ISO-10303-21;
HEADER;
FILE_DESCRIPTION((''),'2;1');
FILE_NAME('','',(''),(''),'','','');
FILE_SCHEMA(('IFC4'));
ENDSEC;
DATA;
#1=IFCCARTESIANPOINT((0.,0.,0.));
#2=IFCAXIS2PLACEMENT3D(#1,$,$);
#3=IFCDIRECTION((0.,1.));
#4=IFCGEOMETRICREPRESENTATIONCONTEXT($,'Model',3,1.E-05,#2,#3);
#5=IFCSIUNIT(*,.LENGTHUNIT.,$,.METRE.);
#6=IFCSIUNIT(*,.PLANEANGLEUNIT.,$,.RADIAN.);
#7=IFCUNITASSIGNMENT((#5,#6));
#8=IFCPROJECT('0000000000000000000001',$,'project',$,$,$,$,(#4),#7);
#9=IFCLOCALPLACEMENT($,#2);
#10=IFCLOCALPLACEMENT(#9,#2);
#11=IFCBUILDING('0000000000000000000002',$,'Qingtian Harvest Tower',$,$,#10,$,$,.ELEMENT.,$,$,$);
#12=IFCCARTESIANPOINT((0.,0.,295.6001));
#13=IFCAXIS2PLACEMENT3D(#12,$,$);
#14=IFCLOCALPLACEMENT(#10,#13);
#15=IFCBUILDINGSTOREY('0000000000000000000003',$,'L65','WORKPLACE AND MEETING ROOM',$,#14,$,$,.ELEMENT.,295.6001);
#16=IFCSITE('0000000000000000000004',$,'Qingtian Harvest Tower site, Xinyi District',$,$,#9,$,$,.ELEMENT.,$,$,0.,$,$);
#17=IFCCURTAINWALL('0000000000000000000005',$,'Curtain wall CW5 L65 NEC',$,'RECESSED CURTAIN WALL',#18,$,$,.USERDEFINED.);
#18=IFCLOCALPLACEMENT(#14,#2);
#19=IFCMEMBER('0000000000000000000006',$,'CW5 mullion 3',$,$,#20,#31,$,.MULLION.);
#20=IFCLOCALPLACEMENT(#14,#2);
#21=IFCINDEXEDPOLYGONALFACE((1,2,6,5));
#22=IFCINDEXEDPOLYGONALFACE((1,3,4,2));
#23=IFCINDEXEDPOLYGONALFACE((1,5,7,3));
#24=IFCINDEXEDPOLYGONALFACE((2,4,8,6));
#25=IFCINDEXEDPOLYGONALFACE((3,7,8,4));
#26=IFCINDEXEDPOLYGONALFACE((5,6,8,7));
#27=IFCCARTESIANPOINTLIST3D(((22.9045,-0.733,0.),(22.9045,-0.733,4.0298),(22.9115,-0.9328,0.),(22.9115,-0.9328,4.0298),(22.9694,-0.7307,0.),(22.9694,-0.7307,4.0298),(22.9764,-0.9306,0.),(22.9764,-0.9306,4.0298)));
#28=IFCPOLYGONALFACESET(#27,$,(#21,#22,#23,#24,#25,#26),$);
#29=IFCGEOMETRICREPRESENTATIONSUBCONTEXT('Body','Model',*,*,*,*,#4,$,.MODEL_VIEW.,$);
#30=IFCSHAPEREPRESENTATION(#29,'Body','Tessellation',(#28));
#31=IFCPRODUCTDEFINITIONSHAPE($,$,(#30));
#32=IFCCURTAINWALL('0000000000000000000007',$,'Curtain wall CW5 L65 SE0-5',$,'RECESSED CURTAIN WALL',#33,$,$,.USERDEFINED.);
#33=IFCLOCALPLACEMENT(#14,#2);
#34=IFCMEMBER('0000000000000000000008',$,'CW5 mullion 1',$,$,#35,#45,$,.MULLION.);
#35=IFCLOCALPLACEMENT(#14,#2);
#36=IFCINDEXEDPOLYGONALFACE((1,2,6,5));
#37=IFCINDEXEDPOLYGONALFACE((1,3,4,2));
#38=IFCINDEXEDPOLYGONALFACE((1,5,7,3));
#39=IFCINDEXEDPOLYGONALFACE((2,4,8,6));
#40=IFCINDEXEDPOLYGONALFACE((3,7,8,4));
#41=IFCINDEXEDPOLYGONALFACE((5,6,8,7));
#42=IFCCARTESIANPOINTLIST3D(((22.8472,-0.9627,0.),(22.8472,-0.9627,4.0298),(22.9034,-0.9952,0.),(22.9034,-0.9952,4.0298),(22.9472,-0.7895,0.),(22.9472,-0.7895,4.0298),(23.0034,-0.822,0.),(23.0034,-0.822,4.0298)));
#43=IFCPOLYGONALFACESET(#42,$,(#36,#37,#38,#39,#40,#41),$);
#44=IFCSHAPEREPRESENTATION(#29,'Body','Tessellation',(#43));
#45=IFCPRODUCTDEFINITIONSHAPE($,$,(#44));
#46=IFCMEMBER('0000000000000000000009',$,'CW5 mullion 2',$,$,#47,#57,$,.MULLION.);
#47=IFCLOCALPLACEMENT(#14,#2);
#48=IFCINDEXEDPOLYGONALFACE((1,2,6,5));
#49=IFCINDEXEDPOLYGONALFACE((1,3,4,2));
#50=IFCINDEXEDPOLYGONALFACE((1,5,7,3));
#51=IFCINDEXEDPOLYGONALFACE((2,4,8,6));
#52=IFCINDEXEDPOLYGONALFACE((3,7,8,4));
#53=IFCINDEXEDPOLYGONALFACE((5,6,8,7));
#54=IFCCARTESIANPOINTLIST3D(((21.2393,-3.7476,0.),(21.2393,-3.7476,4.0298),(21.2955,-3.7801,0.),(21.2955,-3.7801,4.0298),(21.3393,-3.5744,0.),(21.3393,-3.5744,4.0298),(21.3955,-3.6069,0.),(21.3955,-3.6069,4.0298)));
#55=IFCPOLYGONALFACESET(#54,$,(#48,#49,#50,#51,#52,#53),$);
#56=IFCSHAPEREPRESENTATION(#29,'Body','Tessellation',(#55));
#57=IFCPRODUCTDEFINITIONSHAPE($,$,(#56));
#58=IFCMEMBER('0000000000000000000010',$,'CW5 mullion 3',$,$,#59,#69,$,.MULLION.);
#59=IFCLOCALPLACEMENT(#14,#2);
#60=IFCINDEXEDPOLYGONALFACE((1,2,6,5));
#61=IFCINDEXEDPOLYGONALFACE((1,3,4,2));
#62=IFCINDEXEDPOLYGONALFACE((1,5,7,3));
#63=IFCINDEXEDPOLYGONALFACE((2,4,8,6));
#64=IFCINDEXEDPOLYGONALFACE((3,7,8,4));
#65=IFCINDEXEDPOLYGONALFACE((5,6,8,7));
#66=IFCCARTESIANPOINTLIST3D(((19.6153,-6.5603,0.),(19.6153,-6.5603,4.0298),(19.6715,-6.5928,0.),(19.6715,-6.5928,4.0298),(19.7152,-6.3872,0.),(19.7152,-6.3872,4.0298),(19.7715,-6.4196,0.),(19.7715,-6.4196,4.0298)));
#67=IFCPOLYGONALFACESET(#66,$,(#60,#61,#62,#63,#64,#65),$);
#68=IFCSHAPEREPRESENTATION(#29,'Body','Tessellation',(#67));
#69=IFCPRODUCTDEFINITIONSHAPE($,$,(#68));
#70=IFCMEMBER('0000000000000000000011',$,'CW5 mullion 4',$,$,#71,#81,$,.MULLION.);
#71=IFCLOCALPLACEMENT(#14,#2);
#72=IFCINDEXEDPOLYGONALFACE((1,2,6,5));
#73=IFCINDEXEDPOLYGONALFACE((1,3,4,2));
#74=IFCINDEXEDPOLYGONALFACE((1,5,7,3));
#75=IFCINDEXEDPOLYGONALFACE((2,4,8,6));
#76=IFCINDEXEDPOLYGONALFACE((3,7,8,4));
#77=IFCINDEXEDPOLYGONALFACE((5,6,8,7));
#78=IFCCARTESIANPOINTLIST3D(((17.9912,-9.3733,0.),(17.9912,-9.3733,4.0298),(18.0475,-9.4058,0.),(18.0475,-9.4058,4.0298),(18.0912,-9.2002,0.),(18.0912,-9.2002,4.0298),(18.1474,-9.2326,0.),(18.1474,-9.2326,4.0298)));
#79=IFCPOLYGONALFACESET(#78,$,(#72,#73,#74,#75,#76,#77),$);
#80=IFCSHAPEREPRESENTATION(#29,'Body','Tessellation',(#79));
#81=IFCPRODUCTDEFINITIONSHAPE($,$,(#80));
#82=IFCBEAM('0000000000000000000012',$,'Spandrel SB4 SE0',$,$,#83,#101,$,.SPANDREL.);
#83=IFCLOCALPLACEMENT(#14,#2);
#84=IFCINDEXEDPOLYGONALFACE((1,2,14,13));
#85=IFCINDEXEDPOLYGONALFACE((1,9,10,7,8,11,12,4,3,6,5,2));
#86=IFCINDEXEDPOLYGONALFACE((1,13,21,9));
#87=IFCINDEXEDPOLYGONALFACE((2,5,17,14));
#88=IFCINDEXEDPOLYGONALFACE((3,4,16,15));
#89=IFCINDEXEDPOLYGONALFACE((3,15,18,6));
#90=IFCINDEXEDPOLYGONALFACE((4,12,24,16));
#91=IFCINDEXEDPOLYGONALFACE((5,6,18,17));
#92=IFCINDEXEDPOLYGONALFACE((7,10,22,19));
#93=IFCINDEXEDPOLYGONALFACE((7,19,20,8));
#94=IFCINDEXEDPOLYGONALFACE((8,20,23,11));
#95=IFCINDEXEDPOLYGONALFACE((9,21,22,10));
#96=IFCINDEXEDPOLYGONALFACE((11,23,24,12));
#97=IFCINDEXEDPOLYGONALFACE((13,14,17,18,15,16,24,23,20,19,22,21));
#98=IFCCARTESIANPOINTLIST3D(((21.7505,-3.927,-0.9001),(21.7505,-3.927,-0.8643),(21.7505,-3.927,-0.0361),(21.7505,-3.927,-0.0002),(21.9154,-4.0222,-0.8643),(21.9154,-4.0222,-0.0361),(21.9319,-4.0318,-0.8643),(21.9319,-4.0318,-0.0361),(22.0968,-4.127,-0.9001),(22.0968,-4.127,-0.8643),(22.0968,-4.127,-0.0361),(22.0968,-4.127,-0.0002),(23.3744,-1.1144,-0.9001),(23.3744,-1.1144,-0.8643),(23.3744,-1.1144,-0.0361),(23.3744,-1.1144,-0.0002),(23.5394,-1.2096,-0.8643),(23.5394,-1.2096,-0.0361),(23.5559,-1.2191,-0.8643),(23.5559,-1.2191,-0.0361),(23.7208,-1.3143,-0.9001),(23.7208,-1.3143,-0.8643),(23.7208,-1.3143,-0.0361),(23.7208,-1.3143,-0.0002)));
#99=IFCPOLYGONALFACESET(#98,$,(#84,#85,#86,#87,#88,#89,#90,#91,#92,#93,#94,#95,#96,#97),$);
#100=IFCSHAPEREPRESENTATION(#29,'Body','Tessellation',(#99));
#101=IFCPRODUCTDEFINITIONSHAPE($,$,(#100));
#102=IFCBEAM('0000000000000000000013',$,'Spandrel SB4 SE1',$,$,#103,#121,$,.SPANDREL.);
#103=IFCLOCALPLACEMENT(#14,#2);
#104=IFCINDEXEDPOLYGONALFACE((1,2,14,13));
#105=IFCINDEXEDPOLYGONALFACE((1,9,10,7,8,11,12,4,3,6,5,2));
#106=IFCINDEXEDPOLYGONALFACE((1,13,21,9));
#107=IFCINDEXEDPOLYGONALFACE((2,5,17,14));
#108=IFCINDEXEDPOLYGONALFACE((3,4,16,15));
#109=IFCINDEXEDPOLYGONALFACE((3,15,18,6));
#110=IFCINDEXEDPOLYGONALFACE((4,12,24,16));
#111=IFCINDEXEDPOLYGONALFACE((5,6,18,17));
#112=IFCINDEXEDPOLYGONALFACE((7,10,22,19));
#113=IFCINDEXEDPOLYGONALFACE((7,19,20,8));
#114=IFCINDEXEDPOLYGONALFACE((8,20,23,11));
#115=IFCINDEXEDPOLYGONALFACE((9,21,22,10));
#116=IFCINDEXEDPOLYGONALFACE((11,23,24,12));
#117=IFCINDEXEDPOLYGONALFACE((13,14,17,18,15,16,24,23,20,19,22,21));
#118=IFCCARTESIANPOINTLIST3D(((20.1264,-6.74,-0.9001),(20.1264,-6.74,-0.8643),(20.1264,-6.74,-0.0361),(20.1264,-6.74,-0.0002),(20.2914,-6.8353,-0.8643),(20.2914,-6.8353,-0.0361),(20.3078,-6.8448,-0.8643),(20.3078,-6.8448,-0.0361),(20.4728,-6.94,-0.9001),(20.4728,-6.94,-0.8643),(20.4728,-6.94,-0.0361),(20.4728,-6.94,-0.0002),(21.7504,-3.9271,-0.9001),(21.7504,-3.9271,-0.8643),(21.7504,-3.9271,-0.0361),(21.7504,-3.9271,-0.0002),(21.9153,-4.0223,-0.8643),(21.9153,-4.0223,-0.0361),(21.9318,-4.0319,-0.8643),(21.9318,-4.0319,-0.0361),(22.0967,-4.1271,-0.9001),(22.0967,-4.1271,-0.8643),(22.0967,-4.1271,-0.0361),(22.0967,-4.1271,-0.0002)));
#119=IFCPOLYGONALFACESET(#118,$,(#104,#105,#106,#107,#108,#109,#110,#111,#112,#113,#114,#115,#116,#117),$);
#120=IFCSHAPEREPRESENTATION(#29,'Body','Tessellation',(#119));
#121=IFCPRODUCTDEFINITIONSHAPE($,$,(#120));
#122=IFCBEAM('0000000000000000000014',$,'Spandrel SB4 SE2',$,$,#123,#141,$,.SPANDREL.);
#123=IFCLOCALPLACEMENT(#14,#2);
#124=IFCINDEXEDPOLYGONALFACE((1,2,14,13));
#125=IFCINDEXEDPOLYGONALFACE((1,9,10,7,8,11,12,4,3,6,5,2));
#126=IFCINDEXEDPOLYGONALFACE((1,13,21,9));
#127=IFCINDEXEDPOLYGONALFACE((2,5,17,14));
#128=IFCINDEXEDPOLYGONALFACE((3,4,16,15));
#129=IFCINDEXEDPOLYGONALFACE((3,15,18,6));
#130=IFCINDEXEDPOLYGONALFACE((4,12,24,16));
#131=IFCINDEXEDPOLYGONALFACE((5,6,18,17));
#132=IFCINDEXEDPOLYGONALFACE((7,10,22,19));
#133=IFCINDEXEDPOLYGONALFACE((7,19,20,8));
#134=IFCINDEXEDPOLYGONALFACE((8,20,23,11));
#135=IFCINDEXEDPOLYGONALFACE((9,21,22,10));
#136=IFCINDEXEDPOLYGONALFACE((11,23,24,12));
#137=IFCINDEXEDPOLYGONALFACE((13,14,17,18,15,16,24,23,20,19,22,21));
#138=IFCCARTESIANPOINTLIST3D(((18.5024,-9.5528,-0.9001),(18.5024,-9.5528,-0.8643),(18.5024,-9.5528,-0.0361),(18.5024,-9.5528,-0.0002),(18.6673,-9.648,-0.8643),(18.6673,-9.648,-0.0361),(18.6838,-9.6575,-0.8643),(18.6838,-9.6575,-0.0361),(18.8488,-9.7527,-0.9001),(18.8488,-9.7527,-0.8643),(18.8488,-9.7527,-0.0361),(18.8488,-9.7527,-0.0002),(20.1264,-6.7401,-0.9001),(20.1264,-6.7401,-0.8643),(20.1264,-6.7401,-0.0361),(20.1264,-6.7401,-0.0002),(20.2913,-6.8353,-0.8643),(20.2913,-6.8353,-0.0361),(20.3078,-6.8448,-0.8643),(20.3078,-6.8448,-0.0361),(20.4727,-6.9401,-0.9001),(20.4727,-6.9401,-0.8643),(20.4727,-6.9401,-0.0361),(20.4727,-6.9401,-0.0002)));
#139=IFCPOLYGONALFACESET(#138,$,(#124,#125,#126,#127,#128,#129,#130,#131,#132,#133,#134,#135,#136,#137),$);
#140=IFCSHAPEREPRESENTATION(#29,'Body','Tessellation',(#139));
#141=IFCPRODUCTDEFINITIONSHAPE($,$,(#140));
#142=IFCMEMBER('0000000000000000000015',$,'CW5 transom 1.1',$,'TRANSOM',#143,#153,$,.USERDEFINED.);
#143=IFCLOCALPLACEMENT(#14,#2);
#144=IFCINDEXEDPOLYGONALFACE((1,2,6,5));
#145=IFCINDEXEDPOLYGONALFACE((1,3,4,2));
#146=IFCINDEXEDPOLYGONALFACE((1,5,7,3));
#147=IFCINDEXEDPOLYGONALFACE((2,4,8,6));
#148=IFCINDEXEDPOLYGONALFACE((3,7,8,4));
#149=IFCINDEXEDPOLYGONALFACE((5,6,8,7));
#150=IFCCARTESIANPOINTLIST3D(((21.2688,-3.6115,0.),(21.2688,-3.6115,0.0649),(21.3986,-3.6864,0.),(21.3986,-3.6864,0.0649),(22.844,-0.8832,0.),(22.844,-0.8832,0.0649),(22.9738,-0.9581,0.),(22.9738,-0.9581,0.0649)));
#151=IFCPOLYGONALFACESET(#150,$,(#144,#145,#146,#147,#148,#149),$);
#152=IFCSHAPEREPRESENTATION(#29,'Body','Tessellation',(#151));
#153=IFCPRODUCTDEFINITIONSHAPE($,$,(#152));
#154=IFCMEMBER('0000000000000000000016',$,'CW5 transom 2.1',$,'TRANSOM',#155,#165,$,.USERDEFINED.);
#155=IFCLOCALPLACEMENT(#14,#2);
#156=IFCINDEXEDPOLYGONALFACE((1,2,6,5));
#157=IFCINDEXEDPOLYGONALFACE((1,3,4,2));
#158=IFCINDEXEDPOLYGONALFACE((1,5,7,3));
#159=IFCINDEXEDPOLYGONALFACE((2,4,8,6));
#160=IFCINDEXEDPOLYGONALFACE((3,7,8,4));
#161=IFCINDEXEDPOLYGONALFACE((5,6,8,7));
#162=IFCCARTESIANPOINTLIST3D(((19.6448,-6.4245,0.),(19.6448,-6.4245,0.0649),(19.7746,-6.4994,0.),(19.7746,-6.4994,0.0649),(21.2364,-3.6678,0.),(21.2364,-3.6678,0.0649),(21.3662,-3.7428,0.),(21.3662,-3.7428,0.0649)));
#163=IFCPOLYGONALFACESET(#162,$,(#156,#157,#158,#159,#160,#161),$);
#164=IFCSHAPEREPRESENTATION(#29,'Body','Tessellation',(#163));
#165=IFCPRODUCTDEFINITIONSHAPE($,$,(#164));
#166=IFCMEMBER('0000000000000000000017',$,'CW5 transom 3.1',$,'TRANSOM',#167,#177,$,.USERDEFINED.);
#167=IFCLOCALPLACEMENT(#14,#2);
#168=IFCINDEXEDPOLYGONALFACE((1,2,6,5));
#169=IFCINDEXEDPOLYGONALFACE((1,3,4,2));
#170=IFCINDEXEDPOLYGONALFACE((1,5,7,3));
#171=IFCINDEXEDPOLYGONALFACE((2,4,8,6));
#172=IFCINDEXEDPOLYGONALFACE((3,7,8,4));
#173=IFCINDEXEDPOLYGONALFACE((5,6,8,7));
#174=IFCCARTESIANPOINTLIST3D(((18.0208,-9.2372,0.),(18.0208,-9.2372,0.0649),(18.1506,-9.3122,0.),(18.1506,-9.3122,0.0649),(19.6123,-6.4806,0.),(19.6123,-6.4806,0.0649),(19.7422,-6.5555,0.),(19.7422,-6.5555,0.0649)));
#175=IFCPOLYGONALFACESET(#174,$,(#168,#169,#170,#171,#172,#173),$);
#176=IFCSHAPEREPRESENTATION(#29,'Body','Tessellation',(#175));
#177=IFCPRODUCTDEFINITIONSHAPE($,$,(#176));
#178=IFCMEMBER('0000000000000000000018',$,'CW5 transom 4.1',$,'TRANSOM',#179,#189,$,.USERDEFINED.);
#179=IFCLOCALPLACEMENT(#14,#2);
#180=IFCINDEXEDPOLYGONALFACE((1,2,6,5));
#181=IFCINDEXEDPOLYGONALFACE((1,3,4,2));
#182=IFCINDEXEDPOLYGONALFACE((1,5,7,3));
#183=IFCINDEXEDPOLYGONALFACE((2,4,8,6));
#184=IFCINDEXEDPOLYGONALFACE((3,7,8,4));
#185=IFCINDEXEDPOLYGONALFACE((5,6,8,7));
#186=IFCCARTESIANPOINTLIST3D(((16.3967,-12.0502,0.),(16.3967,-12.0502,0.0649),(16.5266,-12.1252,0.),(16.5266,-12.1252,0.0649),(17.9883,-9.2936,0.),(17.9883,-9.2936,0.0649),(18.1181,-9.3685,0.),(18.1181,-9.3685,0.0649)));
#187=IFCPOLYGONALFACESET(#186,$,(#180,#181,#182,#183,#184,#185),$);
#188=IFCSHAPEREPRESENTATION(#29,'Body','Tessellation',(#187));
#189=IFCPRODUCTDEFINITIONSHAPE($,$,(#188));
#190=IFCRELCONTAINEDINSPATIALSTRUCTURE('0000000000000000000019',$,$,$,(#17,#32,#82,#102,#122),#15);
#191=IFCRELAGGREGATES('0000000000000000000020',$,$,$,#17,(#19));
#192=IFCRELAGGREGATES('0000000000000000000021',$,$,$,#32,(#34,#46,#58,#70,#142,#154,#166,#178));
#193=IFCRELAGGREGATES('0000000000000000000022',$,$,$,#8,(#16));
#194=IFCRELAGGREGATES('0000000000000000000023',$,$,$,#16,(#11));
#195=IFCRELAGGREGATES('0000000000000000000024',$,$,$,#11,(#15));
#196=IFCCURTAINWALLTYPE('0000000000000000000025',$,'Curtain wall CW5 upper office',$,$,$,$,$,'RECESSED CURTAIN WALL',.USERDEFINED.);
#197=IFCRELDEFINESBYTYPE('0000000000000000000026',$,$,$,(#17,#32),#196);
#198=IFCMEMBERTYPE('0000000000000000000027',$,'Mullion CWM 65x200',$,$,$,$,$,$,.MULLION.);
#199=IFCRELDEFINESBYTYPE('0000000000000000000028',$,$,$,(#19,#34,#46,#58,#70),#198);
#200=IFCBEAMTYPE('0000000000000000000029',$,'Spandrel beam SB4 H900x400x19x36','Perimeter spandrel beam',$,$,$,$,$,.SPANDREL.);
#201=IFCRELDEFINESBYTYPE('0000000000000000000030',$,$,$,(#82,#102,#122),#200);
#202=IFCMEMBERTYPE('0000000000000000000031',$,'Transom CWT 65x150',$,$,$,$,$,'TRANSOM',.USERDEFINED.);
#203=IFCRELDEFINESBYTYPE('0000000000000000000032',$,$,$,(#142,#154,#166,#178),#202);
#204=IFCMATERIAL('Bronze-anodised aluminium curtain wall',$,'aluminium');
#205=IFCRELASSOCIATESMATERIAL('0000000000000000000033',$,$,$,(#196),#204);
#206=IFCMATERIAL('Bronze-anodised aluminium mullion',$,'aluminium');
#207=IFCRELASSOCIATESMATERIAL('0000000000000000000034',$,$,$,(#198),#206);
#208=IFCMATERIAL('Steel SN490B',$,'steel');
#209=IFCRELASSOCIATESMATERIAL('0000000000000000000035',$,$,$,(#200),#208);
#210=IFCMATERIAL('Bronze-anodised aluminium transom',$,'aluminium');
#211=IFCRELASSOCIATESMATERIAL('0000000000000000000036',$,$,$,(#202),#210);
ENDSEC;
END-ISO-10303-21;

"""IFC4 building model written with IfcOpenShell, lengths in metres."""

from ifc_helpers import new_model, si_unit, direction, frame, origin, origin_2d, place, context, subcontext, project, spatial, rectangle, i_section, extrude, material, material_profile, profile_set, type_object, element, aggregate, save


model = new_model("IFC4")

# Units and contexts
model_context = context("Model", 3, precision=1e-05, world=origin(), true_north=direction((0.0, 1.0)))
body_context = subcontext(model_context, "Body", "Model", "MODEL_VIEW")
ifc_project = project(units=[si_unit("LENGTHUNIT", "METRE"), si_unit("PLANEANGLEUNIT", "RADIAN")], contexts=[model_context])

# Site, building, storey
site_placement = place(None, origin())
site = spatial("IfcSite", under=ifc_project, at=site_placement, Name="Qingtian Harvest Tower site, Xinyi District", CompositionType="ELEMENT", RefElevation=0.0)
building_placement = place(site_placement, origin())
building = spatial("IfcBuilding", under=site, at=building_placement, Name="Qingtian Harvest Tower", CompositionType="ELEMENT")
storey_placement = place(building_placement, frame((0.0, 0.0, 295.6001)))
storey = spatial("IfcBuildingStorey", under=building, at=storey_placement, Name="L65", Description="WORKPLACE AND MEETING ROOM", CompositionType="ELEMENT", Elevation=295.6001)

# Curtain wall, member
ifc_material_1 = material(Name="Bronze-anodised aluminium curtain wall", Category="aluminium")
curtain_wall_type = type_object("IfcCurtainWallType", Name="Curtain wall CW5 upper office", ElementType="RECESSED CURTAIN WALL", PredefinedType="USERDEFINED", material=ifc_material_1)
curtain_wall_1_placement = place(storey_placement, origin())
curtain_wall_1 = element("IfcCurtainWall", 1, at=curtain_wall_1_placement, inside=storey, type_object=curtain_wall_type, Name="Curtain wall CW5 L65 NEC", ObjectType="RECESSED CURTAIN WALL", PredefinedType="USERDEFINED")
ifc_material_2 = material(Name="Bronze-anodised aluminium mullion", Category="aluminium")
ifc_material_profile_1 = material_profile(ifc_material_2, rectangle(XDim=0.0649, YDim=0.2, at=origin_2d()), Name="AL 65x200")
ifc_profile_set_1 = profile_set([ifc_material_profile_1], Name="Bronze-anodised aluminium mullion")
member_type_1 = type_object("IfcMemberType", Name="Mullion CWM 65x200", PredefinedType="MULLION", material=ifc_profile_set_1)
member_1_placement = place(storey_placement, frame((22.9404, -0.8318, 0.0), z_axis=(0.0, 0.0, 1.0), x_axis=(0.999391, 0.034899, 0.0)))
member_1 = element("IfcMember", 2, at=member_1_placement, type_object=member_type_1, Name="CW5 mullion 3", PredefinedType="MULLION", context=body_context, shape_type="SweptSolid", body=[
    extrude(rectangle(XDim=0.0649, YDim=0.2, at=origin_2d()), origin(), (0.0, 0.0, 1.0), 4.0298),
])

# Curtain wall, members
curtain_wall_2_placement = place(storey_placement, origin())
curtain_wall_2 = element("IfcCurtainWall", 3, at=curtain_wall_2_placement, inside=storey, type_object=curtain_wall_type, Name="Curtain wall CW5 L65 SE0-5", ObjectType="RECESSED CURTAIN WALL", PredefinedType="USERDEFINED")
member_2_placement = place(storey_placement, frame((22.9253, -0.8923, 0.0), z_axis=(0.0, 0.0, 1.0), x_axis=(0.866025, -0.5, 0.0)))
member_2 = element("IfcMember", 4, at=member_2_placement, type_object=member_type_1, Name="CW5 mullion 1", PredefinedType="MULLION", context=body_context, shape_type="SweptSolid", body=[
    extrude(rectangle(XDim=0.0649, YDim=0.2, at=origin_2d()), origin(), (0.0, 0.0, 1.0), 4.0298),
])
member_3_placement = place(storey_placement, frame((21.3174, -3.6772, 0.0), z_axis=(0.0, 0.0, 1.0), x_axis=(0.866025, -0.5, 0.0)))
member_3 = element("IfcMember", 5, at=member_3_placement, type_object=member_type_1, Name="CW5 mullion 2", PredefinedType="MULLION", context=body_context, shape_type="SweptSolid", body=[
    extrude(rectangle(XDim=0.0649, YDim=0.2, at=origin_2d()), origin(), (0.0, 0.0, 1.0), 4.0298),
])
member_4_placement = place(storey_placement, frame((19.6934, -6.49, 0.0), z_axis=(0.0, 0.0, 1.0), x_axis=(0.866025, -0.5, 0.0)))
member_4 = element("IfcMember", 6, at=member_4_placement, type_object=member_type_1, Name="CW5 mullion 3", PredefinedType="MULLION", context=body_context, shape_type="SweptSolid", body=[
    extrude(rectangle(XDim=0.0649, YDim=0.2, at=origin_2d()), origin(), (0.0, 0.0, 1.0), 4.0298),
])
member_5_placement = place(storey_placement, frame((18.0693, -9.303, 0.0), z_axis=(0.0, 0.0, 1.0), x_axis=(0.866025, -0.5, 0.0)))
member_5 = element("IfcMember", 7, at=member_5_placement, type_object=member_type_1, Name="CW5 mullion 4", PredefinedType="MULLION", context=body_context, shape_type="SweptSolid", body=[
    extrude(rectangle(XDim=0.0649, YDim=0.2, at=origin_2d()), origin(), (0.0, 0.0, 1.0), 4.0298),
])

# Beams
ifc_material_3 = material(Name="Steel SN490B", Category="steel")
ifc_material_profile_2 = material_profile(ifc_material_3, i_section(OverallWidth=0.3999, OverallDepth=0.8999, WebThickness=0.019, FlangeThickness=0.0359, at=origin_2d()), Name="H900x400x19x36")
ifc_profile_set_2 = profile_set([ifc_material_profile_2], Name="Steel SN490B")
beam_type_1 = type_object("IfcBeamType", Name="Spandrel beam SB4 H900x400x19x36", Description="Perimeter spandrel beam", PredefinedType="SPANDREL", material=ifc_profile_set_2)
beam_1_placement = place(storey_placement, frame((23.5476, -1.2144, -0.4502), z_axis=(-0.50002, -0.866014, 0.0), x_axis=(0.866014, -0.50002, 0.0)))
element("IfcBeam", 8, at=beam_1_placement, inside=storey, type_object=beam_type_1, Name="Spandrel SB4 SE0", PredefinedType="SPANDREL", context=body_context, shape_type="SweptSolid", body=[
    extrude(i_section(OverallWidth=0.3999, OverallDepth=0.8999, WebThickness=0.019, FlangeThickness=0.0359, at=origin_2d()), origin(), (0.0, 0.0, 1.0), 3.2478),
])
beam_2_placement = place(storey_placement, frame((21.9236, -4.0271, -0.4502), z_axis=(-0.499987, -0.866033, 0.0), x_axis=(0.866033, -0.499987, 0.0)))
element("IfcBeam", 9, at=beam_2_placement, inside=storey, type_object=beam_type_1, Name="Spandrel SB4 SE1", PredefinedType="SPANDREL", context=body_context, shape_type="SweptSolid", body=[
    extrude(i_section(OverallWidth=0.3999, OverallDepth=0.8999, WebThickness=0.019, FlangeThickness=0.0359, at=origin_2d()), origin(), (0.0, 0.0, 1.0), 3.248),
])
beam_3_placement = place(storey_placement, frame((20.2996, -6.8401, -0.4502), z_axis=(-0.50002, -0.866014, 0.0), x_axis=(0.866014, -0.50002, 0.0)))
element("IfcBeam", 10, at=beam_3_placement, inside=storey, type_object=beam_type_1, Name="Spandrel SB4 SE2", PredefinedType="SPANDREL", context=body_context, shape_type="SweptSolid", body=[
    extrude(i_section(OverallWidth=0.3999, OverallDepth=0.8999, WebThickness=0.019, FlangeThickness=0.0359, at=origin_2d()), origin(), (0.0, 0.0, 1.0), 3.2478),
])

# Members
ifc_material_4 = material(Name="Bronze-anodised aluminium transom", Category="aluminium")
ifc_material_profile_3 = material_profile(ifc_material_4, rectangle(XDim=0.1499, YDim=0.0649, at=origin_2d()), Name="AL 65x150")
ifc_profile_set_3 = profile_set([ifc_material_profile_3], Name="Bronze-anodised aluminium transom")
member_type_2 = type_object("IfcMemberType", Name="Transom CWT 65x150", ElementType="TRANSOM", PredefinedType="USERDEFINED", material=ifc_profile_set_3)
member_6_placement = place(storey_placement, frame((22.9089, -0.9207, 0.0325), z_axis=(-0.500006, -0.866022, 0.0), x_axis=(0.866022, -0.500006, 0.0)))
member_6 = element("IfcMember", 11, at=member_6_placement, type_object=member_type_2, Name="CW5 transom 1.1", ObjectType="TRANSOM", PredefinedType="USERDEFINED", context=body_context, shape_type="SweptSolid", body=[
    extrude(rectangle(XDim=0.1499, YDim=0.0649, at=origin_2d()), origin(), (0.0, 0.0, 1.0), 3.1504),
])
member_7_placement = place(storey_placement, frame((21.3013, -3.7053, 0.0325), z_axis=(-0.500008, -0.866021, 0.0), x_axis=(0.866021, -0.500008, 0.0)))
member_7 = element("IfcMember", 12, at=member_7_placement, type_object=member_type_2, Name="CW5 transom 2.1", ObjectType="TRANSOM", PredefinedType="USERDEFINED", context=body_context, shape_type="SweptSolid", body=[
    extrude(rectangle(XDim=0.1499, YDim=0.0649, at=origin_2d()), origin(), (0.0, 0.0, 1.0), 3.1831),
])
member_8_placement = place(storey_placement, frame((19.6772, -6.5181, 0.0325), z_axis=(-0.500008, -0.866021, 0.0), x_axis=(0.866021, -0.500008, 0.0)))
member_8 = element("IfcMember", 13, at=member_8_placement, type_object=member_type_2, Name="CW5 transom 3.1", ObjectType="TRANSOM", PredefinedType="USERDEFINED", context=body_context, shape_type="SweptSolid", body=[
    extrude(rectangle(XDim=0.1499, YDim=0.0649, at=origin_2d()), origin(), (0.0, 0.0, 1.0), 3.1831),
])
member_9_placement = place(storey_placement, frame((18.0532, -9.3311, 0.0325), z_axis=(-0.500008, -0.866021, 0.0), x_axis=(0.866021, -0.500008, 0.0)))
member_9 = element("IfcMember", 14, at=member_9_placement, type_object=member_type_2, Name="CW5 transom 4.1", ObjectType="TRANSOM", PredefinedType="USERDEFINED", context=body_context, shape_type="SweptSolid", body=[
    extrude(rectangle(XDim=0.1499, YDim=0.0649, at=origin_2d()), origin(), (0.0, 0.0, 1.0), 3.1831),
])

aggregate(curtain_wall_1, [member_1])
aggregate(curtain_wall_2, [member_2, member_3, member_4, member_5, member_6, member_7, member_8, member_9])

save(model, "model.ifc")
